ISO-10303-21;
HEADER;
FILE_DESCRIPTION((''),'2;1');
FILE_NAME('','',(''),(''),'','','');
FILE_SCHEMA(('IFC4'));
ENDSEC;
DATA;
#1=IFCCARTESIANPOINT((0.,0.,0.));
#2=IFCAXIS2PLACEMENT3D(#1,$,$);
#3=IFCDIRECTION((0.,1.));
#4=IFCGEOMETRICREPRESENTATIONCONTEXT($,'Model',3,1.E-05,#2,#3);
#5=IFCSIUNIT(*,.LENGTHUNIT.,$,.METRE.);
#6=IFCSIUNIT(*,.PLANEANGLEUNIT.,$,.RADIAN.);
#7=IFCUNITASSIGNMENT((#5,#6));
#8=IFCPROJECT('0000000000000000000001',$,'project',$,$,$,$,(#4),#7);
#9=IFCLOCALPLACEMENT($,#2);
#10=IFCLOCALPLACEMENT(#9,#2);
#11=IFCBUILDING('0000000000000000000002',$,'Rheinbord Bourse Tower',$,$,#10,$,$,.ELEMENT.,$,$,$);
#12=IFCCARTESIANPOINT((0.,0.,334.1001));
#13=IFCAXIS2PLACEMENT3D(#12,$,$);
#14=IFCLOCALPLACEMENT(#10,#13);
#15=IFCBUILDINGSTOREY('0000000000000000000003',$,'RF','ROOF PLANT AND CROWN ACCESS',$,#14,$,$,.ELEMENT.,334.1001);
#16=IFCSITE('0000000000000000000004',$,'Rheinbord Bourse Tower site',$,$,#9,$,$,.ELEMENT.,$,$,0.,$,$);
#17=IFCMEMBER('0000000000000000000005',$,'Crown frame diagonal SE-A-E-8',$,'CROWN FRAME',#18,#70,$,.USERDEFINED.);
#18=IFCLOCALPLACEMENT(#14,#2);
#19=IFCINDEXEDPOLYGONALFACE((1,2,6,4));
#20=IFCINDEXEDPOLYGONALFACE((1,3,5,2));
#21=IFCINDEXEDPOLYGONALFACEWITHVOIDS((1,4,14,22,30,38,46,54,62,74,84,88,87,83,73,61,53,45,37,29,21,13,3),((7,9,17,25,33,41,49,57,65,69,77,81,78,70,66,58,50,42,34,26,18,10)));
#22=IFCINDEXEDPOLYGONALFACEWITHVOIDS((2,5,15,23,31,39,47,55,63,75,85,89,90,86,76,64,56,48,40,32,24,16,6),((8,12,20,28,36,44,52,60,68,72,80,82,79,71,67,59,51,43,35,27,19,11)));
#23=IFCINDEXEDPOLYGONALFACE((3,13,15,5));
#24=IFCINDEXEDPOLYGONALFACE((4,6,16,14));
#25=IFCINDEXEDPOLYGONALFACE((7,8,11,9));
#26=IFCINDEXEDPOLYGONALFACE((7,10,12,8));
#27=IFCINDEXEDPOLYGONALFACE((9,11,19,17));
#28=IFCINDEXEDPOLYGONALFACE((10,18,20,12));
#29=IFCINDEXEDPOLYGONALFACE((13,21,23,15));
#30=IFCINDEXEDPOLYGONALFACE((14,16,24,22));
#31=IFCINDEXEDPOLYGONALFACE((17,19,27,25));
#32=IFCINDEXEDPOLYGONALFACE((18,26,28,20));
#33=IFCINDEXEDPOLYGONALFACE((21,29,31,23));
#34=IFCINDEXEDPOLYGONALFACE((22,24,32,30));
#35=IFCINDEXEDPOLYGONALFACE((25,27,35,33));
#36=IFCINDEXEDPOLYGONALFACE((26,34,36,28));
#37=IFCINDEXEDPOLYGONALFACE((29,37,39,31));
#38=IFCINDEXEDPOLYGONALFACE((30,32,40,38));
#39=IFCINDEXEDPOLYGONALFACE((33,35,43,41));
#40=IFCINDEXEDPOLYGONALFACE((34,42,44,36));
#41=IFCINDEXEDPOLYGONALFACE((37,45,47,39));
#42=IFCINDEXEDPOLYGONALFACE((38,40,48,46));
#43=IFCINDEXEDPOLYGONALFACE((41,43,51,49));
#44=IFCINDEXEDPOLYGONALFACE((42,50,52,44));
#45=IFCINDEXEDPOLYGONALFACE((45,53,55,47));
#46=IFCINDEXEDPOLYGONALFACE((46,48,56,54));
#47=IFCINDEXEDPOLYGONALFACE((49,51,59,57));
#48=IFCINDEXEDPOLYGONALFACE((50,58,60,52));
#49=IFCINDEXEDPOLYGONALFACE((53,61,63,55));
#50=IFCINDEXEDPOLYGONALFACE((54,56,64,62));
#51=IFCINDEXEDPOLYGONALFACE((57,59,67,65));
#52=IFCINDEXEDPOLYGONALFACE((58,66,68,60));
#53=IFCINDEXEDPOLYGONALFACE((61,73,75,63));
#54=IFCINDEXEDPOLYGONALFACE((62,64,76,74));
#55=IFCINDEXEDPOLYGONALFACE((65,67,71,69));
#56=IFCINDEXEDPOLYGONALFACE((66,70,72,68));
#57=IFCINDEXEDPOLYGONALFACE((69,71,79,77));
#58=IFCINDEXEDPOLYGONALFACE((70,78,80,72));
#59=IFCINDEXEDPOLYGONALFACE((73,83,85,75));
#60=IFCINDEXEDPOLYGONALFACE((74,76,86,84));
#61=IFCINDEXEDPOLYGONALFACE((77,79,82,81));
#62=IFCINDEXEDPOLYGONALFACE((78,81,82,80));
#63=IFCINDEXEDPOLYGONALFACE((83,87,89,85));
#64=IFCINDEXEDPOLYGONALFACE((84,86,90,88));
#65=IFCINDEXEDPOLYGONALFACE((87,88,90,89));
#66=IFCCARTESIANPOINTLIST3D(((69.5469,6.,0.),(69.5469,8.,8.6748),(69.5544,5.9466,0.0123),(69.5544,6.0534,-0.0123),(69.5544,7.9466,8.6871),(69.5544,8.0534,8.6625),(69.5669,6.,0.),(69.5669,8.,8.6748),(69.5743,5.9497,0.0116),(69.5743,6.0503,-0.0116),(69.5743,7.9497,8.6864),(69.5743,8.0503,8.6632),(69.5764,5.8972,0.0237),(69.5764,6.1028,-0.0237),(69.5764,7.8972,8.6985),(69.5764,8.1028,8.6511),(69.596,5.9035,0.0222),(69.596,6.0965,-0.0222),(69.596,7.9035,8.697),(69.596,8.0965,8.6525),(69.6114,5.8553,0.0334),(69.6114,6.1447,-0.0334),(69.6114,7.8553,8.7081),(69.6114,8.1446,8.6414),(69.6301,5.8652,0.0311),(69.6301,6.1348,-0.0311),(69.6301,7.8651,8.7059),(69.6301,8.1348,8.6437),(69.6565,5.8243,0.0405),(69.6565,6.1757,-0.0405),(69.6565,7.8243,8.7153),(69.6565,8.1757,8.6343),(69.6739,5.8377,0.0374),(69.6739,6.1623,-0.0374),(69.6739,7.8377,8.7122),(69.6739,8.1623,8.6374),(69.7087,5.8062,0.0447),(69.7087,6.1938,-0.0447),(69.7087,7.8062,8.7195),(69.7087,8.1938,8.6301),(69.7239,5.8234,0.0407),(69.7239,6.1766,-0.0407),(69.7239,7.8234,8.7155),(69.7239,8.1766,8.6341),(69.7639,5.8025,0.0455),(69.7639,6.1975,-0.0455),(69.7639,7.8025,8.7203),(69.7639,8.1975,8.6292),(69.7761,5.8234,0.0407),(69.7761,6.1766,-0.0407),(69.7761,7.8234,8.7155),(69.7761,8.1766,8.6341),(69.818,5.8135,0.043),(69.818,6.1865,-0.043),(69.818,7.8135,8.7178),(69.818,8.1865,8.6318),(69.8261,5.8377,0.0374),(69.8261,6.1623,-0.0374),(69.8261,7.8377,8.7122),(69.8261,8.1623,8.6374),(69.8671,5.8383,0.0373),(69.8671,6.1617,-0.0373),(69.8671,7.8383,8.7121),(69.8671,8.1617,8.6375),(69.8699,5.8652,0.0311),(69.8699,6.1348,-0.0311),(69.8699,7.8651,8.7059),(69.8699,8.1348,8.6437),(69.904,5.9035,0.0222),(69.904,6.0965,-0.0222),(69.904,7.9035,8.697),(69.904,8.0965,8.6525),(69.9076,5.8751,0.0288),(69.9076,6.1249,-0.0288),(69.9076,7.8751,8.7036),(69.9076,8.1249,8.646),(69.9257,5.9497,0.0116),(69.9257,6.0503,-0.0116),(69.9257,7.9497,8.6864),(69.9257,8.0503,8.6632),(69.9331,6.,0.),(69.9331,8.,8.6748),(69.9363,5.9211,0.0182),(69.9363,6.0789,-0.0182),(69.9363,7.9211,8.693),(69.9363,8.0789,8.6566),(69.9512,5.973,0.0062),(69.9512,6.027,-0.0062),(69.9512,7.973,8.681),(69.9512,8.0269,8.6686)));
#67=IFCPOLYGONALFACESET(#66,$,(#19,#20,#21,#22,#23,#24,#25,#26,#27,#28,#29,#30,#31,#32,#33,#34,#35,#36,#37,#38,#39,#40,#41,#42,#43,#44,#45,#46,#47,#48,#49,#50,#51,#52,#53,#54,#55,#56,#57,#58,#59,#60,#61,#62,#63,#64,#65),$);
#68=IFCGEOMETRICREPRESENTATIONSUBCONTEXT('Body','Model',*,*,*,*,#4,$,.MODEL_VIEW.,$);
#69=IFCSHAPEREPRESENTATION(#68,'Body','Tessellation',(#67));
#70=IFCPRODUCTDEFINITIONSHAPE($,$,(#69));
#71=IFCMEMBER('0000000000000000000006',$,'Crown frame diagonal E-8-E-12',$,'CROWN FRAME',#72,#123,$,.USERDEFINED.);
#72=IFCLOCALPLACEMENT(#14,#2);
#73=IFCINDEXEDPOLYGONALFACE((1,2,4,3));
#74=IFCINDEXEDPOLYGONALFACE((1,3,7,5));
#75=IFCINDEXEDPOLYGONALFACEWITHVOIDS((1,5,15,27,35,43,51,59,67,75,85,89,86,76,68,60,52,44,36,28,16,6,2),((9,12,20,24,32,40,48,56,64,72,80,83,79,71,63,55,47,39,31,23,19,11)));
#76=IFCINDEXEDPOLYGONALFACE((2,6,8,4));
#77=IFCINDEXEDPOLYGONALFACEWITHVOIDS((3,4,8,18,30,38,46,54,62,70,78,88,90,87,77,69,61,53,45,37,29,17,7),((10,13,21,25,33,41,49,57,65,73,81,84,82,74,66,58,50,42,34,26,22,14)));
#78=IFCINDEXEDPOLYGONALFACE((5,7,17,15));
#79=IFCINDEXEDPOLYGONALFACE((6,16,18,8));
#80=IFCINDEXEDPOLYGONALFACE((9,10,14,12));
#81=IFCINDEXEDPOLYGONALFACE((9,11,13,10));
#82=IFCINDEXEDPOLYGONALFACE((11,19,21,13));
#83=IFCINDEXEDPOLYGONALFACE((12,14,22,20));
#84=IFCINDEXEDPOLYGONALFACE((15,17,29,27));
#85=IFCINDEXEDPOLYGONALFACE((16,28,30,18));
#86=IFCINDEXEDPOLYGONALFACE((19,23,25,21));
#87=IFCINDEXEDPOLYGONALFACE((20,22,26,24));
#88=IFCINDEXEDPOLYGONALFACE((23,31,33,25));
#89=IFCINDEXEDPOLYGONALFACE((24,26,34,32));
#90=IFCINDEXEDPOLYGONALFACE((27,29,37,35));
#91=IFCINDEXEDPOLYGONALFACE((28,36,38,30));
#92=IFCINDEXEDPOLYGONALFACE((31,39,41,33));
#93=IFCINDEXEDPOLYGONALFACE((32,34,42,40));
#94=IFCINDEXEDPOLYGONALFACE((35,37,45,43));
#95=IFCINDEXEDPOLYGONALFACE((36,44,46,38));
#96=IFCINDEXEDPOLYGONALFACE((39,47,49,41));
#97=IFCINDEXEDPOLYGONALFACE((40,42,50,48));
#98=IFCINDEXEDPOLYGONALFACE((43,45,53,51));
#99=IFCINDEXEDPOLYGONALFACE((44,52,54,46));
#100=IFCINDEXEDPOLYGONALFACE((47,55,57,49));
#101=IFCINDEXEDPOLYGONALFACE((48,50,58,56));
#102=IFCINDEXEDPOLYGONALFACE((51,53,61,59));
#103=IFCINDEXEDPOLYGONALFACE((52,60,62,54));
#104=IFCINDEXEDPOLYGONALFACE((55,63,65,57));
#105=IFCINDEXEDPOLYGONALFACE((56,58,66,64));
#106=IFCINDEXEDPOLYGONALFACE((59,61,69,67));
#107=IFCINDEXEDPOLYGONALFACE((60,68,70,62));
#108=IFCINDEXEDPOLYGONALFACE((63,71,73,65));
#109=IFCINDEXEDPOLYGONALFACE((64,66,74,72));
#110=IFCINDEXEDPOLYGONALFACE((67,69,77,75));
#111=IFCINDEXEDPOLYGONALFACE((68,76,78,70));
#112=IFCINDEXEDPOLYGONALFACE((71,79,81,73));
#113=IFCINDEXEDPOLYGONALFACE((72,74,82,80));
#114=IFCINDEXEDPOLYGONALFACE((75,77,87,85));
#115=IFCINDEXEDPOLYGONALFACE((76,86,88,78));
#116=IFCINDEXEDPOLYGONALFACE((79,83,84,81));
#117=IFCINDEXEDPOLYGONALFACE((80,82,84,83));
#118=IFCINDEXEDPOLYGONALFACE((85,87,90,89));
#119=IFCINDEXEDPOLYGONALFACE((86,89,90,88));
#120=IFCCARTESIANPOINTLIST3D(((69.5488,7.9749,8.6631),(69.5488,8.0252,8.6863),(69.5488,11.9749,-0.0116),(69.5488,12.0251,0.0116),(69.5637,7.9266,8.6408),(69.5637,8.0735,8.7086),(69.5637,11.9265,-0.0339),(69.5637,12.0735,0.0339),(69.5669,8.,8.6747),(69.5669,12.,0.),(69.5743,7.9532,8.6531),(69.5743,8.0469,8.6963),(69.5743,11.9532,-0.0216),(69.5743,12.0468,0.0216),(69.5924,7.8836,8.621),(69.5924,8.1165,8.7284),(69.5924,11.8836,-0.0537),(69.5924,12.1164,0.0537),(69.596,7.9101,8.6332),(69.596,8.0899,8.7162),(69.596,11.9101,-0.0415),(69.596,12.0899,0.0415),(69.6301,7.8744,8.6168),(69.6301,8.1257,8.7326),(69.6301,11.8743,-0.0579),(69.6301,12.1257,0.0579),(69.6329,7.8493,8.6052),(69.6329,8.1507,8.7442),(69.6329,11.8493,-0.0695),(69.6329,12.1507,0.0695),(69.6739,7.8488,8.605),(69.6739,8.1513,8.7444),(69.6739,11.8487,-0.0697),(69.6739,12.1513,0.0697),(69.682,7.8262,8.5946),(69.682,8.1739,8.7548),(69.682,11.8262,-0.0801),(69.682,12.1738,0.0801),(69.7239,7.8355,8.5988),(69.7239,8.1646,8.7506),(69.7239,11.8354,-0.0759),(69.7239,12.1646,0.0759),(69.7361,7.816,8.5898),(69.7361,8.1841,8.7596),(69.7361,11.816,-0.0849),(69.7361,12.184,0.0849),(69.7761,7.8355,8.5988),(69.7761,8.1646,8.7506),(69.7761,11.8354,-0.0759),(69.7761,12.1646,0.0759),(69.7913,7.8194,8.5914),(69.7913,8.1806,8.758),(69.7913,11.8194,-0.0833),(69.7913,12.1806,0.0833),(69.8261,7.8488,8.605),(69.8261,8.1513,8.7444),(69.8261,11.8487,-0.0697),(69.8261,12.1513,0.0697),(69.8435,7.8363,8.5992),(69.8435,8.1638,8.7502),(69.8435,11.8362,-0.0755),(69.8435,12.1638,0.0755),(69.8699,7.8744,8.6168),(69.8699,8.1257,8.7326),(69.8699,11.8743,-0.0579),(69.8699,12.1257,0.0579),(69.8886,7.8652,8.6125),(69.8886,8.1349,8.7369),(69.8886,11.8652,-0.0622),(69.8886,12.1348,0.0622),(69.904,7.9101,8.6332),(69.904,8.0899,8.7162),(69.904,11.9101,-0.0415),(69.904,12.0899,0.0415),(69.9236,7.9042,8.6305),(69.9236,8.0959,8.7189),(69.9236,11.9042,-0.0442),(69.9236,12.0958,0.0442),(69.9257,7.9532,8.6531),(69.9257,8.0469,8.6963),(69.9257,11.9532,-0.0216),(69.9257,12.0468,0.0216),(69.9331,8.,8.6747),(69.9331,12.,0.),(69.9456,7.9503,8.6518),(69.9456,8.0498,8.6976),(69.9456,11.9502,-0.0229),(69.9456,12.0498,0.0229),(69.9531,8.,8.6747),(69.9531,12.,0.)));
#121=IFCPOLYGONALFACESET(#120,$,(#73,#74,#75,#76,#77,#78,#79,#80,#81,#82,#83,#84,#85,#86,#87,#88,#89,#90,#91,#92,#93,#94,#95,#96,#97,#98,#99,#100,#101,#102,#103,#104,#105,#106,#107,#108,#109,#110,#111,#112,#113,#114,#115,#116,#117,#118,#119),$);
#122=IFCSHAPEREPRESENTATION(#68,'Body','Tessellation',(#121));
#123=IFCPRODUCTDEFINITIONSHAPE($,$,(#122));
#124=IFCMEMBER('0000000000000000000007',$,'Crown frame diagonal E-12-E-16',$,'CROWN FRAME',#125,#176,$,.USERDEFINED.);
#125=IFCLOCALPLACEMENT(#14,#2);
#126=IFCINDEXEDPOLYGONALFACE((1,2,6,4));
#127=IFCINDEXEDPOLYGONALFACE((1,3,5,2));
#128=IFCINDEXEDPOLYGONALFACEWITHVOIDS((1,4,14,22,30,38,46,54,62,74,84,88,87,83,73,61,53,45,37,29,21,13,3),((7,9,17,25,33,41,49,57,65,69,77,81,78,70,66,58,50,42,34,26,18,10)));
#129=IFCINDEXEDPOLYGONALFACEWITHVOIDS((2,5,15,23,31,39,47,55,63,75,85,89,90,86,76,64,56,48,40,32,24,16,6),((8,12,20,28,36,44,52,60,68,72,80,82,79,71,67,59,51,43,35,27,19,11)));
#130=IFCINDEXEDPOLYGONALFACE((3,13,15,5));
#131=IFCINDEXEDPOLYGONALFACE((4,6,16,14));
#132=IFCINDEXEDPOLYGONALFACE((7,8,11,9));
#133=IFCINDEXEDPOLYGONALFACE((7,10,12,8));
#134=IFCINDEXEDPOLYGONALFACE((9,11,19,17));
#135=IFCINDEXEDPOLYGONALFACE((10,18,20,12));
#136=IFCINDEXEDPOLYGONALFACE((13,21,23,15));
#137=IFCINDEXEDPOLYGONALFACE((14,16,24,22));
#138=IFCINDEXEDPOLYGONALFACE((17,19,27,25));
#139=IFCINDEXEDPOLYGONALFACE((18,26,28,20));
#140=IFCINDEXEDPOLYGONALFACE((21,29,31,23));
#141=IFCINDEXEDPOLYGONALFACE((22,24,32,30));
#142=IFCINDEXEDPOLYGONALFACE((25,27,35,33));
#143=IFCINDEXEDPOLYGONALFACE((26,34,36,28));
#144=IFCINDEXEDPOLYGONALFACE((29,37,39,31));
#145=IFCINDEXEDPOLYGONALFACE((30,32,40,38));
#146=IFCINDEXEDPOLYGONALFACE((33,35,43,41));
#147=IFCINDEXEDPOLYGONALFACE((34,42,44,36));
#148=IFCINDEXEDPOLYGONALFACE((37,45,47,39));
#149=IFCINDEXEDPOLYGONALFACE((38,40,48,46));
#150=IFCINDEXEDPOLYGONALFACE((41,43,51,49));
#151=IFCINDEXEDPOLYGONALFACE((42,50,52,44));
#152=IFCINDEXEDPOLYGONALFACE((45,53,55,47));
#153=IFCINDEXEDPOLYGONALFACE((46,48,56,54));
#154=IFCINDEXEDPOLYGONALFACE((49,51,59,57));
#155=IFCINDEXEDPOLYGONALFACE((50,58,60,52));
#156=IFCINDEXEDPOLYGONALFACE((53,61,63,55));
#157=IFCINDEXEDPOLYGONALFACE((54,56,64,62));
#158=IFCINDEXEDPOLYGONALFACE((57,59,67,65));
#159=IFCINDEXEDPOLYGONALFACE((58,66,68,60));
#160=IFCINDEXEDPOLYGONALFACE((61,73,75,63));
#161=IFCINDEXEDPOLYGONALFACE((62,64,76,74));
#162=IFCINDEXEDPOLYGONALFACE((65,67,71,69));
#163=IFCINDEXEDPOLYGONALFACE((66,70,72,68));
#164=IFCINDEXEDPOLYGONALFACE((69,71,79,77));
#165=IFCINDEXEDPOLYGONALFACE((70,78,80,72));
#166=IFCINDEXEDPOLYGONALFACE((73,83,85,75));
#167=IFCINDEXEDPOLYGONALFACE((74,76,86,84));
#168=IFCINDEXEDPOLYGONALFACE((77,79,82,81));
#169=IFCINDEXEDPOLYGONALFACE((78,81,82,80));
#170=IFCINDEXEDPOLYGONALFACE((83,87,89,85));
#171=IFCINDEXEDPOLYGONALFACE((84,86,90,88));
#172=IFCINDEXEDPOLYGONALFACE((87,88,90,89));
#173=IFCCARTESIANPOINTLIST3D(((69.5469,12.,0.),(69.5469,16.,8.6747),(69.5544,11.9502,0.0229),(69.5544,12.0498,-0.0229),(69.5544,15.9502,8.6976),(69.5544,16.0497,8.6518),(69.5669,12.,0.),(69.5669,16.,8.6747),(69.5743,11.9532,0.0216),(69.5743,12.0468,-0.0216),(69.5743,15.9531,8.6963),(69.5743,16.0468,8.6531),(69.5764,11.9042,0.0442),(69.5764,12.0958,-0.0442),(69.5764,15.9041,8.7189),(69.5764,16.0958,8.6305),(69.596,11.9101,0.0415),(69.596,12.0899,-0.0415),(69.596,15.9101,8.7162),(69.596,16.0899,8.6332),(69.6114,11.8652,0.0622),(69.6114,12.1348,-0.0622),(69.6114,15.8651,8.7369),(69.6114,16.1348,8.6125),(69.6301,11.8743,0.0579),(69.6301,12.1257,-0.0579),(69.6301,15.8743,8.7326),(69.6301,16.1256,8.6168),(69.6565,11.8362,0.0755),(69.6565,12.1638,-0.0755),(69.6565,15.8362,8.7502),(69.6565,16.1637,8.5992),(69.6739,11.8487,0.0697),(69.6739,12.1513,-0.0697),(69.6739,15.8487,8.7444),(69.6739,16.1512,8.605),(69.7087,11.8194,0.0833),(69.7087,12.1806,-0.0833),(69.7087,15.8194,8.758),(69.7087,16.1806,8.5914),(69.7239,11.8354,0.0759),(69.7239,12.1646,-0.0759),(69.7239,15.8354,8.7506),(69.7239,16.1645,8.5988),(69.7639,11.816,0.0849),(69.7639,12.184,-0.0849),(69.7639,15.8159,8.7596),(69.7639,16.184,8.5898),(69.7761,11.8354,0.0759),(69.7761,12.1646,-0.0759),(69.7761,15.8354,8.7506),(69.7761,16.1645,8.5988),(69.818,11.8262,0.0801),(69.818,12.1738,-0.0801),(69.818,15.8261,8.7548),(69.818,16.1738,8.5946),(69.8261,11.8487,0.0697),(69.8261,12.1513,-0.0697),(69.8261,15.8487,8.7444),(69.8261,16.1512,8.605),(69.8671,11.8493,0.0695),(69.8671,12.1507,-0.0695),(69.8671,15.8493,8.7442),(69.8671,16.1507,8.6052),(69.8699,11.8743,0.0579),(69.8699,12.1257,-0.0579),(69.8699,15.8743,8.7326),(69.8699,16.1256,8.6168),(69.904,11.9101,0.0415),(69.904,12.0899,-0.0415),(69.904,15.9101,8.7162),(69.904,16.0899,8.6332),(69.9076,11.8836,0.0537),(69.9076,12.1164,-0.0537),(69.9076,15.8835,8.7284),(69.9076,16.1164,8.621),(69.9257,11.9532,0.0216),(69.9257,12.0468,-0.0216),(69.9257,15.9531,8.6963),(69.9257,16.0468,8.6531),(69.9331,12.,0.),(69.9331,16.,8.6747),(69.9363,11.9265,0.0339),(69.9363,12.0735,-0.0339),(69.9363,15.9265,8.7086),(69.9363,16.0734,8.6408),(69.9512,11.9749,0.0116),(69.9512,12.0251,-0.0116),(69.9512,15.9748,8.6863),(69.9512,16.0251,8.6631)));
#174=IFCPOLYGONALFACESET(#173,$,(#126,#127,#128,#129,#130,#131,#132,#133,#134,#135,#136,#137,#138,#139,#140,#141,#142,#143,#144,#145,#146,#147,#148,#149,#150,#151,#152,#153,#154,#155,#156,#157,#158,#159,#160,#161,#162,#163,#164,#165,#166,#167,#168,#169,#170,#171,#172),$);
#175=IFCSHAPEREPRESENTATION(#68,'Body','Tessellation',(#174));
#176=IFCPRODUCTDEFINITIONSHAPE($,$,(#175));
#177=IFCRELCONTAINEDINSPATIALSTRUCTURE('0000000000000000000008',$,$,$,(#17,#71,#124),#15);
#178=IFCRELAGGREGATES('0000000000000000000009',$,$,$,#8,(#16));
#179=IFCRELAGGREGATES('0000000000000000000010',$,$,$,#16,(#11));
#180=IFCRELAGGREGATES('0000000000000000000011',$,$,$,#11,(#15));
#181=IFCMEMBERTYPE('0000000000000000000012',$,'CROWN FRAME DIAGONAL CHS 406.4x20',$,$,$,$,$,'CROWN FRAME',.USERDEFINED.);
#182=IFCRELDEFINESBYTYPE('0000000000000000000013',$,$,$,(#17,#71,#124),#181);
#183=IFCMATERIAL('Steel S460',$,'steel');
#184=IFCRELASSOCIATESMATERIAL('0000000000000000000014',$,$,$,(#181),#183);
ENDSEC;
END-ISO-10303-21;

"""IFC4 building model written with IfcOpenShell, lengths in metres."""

from ifc_helpers import new_model, si_unit, direction, frame, origin, origin_2d, place, context, subcontext, project, spatial, hollow_circle, extrude, material, material_profile, profile_set, type_object, element, save


model = new_model("IFC4")

# Units and contexts
model_context = context("Model", 3, precision=1e-05, world=origin(), true_north=direction((0.0, 1.0)))
body_context = subcontext(model_context, "Body", "Model", "MODEL_VIEW")
ifc_project = project(units=[si_unit("LENGTHUNIT", "METRE"), si_unit("PLANEANGLEUNIT", "RADIAN")], contexts=[model_context])

# Site, building, storey
site_placement = place(None, origin())
site = spatial("IfcSite", under=ifc_project, at=site_placement, Name="Rheinbord Bourse Tower site", CompositionType="ELEMENT", RefElevation=0.0)
building_placement = place(site_placement, origin())
building = spatial("IfcBuilding", under=site, at=building_placement, Name="Rheinbord Bourse Tower", CompositionType="ELEMENT")
storey_placement = place(building_placement, frame((0.0, 0.0, 334.1001)))
storey = spatial("IfcBuildingStorey", under=building, at=storey_placement, Name="RF", Description="ROOF PLANT AND CROWN ACCESS", CompositionType="ELEMENT", Elevation=334.1001)

# Members
ifc_material_1 = material(Name="Steel S460", Category="steel")
ifc_material_profile_1 = material_profile(ifc_material_1, hollow_circle(Radius=0.2031, WallThickness=0.02, at=origin_2d()), Name="CHS 406.4x20")
ifc_profile_set_1 = profile_set([ifc_material_profile_1], Name="Steel S460")
member_type = type_object("IfcMemberType", Name="CROWN FRAME DIAGONAL CHS 406.4x20", ElementType="CROWN FRAME", PredefinedType="USERDEFINED", material=ifc_profile_set_1)
member_1_placement = place(storey_placement, frame((69.75, 6.0, 0.0), z_axis=(0.0, 0.224659, 0.974437), x_axis=(-1.0, 0.0, 0.0)))
element("IfcMember", 1, at=member_1_placement, inside=storey, type_object=member_type, Name="Crown frame diagonal SE-A-E-8", ObjectType="CROWN FRAME", PredefinedType="USERDEFINED", context=body_context, shape_type="SweptSolid", body=[
    extrude(hollow_circle(Radius=0.2031, WallThickness=0.02, at=origin_2d()), origin(), (0.0, 0.0, 1.0), 8.9023),
])
for number, where, z_axis, x_axis, name in (
    (2, (69.75, 12.0, 0.0), (0.0, -0.418734, 0.908109), (1.0, 0.0, 0.0), "Crown frame diagonal E-8-E-12"),
    (3, (69.75, 12.0, 0.0), (0.0, 0.418734, 0.908109), (-1.0, 0.0, 0.0), "Crown frame diagonal E-12-E-16"),
):
    element("IfcMember", number, at=place(storey_placement, frame(where, z_axis=z_axis, x_axis=x_axis)), inside=storey, type_object=member_type, Name=name, ObjectType="CROWN FRAME", PredefinedType="USERDEFINED", context=body_context, shape_type="SweptSolid", body=[
        extrude(hollow_circle(Radius=0.2031, WallThickness=0.02, at=origin_2d()), origin(), (0.0, 0.0, 1.0), 9.5525),
    ])

save(model, "model.ifc")
